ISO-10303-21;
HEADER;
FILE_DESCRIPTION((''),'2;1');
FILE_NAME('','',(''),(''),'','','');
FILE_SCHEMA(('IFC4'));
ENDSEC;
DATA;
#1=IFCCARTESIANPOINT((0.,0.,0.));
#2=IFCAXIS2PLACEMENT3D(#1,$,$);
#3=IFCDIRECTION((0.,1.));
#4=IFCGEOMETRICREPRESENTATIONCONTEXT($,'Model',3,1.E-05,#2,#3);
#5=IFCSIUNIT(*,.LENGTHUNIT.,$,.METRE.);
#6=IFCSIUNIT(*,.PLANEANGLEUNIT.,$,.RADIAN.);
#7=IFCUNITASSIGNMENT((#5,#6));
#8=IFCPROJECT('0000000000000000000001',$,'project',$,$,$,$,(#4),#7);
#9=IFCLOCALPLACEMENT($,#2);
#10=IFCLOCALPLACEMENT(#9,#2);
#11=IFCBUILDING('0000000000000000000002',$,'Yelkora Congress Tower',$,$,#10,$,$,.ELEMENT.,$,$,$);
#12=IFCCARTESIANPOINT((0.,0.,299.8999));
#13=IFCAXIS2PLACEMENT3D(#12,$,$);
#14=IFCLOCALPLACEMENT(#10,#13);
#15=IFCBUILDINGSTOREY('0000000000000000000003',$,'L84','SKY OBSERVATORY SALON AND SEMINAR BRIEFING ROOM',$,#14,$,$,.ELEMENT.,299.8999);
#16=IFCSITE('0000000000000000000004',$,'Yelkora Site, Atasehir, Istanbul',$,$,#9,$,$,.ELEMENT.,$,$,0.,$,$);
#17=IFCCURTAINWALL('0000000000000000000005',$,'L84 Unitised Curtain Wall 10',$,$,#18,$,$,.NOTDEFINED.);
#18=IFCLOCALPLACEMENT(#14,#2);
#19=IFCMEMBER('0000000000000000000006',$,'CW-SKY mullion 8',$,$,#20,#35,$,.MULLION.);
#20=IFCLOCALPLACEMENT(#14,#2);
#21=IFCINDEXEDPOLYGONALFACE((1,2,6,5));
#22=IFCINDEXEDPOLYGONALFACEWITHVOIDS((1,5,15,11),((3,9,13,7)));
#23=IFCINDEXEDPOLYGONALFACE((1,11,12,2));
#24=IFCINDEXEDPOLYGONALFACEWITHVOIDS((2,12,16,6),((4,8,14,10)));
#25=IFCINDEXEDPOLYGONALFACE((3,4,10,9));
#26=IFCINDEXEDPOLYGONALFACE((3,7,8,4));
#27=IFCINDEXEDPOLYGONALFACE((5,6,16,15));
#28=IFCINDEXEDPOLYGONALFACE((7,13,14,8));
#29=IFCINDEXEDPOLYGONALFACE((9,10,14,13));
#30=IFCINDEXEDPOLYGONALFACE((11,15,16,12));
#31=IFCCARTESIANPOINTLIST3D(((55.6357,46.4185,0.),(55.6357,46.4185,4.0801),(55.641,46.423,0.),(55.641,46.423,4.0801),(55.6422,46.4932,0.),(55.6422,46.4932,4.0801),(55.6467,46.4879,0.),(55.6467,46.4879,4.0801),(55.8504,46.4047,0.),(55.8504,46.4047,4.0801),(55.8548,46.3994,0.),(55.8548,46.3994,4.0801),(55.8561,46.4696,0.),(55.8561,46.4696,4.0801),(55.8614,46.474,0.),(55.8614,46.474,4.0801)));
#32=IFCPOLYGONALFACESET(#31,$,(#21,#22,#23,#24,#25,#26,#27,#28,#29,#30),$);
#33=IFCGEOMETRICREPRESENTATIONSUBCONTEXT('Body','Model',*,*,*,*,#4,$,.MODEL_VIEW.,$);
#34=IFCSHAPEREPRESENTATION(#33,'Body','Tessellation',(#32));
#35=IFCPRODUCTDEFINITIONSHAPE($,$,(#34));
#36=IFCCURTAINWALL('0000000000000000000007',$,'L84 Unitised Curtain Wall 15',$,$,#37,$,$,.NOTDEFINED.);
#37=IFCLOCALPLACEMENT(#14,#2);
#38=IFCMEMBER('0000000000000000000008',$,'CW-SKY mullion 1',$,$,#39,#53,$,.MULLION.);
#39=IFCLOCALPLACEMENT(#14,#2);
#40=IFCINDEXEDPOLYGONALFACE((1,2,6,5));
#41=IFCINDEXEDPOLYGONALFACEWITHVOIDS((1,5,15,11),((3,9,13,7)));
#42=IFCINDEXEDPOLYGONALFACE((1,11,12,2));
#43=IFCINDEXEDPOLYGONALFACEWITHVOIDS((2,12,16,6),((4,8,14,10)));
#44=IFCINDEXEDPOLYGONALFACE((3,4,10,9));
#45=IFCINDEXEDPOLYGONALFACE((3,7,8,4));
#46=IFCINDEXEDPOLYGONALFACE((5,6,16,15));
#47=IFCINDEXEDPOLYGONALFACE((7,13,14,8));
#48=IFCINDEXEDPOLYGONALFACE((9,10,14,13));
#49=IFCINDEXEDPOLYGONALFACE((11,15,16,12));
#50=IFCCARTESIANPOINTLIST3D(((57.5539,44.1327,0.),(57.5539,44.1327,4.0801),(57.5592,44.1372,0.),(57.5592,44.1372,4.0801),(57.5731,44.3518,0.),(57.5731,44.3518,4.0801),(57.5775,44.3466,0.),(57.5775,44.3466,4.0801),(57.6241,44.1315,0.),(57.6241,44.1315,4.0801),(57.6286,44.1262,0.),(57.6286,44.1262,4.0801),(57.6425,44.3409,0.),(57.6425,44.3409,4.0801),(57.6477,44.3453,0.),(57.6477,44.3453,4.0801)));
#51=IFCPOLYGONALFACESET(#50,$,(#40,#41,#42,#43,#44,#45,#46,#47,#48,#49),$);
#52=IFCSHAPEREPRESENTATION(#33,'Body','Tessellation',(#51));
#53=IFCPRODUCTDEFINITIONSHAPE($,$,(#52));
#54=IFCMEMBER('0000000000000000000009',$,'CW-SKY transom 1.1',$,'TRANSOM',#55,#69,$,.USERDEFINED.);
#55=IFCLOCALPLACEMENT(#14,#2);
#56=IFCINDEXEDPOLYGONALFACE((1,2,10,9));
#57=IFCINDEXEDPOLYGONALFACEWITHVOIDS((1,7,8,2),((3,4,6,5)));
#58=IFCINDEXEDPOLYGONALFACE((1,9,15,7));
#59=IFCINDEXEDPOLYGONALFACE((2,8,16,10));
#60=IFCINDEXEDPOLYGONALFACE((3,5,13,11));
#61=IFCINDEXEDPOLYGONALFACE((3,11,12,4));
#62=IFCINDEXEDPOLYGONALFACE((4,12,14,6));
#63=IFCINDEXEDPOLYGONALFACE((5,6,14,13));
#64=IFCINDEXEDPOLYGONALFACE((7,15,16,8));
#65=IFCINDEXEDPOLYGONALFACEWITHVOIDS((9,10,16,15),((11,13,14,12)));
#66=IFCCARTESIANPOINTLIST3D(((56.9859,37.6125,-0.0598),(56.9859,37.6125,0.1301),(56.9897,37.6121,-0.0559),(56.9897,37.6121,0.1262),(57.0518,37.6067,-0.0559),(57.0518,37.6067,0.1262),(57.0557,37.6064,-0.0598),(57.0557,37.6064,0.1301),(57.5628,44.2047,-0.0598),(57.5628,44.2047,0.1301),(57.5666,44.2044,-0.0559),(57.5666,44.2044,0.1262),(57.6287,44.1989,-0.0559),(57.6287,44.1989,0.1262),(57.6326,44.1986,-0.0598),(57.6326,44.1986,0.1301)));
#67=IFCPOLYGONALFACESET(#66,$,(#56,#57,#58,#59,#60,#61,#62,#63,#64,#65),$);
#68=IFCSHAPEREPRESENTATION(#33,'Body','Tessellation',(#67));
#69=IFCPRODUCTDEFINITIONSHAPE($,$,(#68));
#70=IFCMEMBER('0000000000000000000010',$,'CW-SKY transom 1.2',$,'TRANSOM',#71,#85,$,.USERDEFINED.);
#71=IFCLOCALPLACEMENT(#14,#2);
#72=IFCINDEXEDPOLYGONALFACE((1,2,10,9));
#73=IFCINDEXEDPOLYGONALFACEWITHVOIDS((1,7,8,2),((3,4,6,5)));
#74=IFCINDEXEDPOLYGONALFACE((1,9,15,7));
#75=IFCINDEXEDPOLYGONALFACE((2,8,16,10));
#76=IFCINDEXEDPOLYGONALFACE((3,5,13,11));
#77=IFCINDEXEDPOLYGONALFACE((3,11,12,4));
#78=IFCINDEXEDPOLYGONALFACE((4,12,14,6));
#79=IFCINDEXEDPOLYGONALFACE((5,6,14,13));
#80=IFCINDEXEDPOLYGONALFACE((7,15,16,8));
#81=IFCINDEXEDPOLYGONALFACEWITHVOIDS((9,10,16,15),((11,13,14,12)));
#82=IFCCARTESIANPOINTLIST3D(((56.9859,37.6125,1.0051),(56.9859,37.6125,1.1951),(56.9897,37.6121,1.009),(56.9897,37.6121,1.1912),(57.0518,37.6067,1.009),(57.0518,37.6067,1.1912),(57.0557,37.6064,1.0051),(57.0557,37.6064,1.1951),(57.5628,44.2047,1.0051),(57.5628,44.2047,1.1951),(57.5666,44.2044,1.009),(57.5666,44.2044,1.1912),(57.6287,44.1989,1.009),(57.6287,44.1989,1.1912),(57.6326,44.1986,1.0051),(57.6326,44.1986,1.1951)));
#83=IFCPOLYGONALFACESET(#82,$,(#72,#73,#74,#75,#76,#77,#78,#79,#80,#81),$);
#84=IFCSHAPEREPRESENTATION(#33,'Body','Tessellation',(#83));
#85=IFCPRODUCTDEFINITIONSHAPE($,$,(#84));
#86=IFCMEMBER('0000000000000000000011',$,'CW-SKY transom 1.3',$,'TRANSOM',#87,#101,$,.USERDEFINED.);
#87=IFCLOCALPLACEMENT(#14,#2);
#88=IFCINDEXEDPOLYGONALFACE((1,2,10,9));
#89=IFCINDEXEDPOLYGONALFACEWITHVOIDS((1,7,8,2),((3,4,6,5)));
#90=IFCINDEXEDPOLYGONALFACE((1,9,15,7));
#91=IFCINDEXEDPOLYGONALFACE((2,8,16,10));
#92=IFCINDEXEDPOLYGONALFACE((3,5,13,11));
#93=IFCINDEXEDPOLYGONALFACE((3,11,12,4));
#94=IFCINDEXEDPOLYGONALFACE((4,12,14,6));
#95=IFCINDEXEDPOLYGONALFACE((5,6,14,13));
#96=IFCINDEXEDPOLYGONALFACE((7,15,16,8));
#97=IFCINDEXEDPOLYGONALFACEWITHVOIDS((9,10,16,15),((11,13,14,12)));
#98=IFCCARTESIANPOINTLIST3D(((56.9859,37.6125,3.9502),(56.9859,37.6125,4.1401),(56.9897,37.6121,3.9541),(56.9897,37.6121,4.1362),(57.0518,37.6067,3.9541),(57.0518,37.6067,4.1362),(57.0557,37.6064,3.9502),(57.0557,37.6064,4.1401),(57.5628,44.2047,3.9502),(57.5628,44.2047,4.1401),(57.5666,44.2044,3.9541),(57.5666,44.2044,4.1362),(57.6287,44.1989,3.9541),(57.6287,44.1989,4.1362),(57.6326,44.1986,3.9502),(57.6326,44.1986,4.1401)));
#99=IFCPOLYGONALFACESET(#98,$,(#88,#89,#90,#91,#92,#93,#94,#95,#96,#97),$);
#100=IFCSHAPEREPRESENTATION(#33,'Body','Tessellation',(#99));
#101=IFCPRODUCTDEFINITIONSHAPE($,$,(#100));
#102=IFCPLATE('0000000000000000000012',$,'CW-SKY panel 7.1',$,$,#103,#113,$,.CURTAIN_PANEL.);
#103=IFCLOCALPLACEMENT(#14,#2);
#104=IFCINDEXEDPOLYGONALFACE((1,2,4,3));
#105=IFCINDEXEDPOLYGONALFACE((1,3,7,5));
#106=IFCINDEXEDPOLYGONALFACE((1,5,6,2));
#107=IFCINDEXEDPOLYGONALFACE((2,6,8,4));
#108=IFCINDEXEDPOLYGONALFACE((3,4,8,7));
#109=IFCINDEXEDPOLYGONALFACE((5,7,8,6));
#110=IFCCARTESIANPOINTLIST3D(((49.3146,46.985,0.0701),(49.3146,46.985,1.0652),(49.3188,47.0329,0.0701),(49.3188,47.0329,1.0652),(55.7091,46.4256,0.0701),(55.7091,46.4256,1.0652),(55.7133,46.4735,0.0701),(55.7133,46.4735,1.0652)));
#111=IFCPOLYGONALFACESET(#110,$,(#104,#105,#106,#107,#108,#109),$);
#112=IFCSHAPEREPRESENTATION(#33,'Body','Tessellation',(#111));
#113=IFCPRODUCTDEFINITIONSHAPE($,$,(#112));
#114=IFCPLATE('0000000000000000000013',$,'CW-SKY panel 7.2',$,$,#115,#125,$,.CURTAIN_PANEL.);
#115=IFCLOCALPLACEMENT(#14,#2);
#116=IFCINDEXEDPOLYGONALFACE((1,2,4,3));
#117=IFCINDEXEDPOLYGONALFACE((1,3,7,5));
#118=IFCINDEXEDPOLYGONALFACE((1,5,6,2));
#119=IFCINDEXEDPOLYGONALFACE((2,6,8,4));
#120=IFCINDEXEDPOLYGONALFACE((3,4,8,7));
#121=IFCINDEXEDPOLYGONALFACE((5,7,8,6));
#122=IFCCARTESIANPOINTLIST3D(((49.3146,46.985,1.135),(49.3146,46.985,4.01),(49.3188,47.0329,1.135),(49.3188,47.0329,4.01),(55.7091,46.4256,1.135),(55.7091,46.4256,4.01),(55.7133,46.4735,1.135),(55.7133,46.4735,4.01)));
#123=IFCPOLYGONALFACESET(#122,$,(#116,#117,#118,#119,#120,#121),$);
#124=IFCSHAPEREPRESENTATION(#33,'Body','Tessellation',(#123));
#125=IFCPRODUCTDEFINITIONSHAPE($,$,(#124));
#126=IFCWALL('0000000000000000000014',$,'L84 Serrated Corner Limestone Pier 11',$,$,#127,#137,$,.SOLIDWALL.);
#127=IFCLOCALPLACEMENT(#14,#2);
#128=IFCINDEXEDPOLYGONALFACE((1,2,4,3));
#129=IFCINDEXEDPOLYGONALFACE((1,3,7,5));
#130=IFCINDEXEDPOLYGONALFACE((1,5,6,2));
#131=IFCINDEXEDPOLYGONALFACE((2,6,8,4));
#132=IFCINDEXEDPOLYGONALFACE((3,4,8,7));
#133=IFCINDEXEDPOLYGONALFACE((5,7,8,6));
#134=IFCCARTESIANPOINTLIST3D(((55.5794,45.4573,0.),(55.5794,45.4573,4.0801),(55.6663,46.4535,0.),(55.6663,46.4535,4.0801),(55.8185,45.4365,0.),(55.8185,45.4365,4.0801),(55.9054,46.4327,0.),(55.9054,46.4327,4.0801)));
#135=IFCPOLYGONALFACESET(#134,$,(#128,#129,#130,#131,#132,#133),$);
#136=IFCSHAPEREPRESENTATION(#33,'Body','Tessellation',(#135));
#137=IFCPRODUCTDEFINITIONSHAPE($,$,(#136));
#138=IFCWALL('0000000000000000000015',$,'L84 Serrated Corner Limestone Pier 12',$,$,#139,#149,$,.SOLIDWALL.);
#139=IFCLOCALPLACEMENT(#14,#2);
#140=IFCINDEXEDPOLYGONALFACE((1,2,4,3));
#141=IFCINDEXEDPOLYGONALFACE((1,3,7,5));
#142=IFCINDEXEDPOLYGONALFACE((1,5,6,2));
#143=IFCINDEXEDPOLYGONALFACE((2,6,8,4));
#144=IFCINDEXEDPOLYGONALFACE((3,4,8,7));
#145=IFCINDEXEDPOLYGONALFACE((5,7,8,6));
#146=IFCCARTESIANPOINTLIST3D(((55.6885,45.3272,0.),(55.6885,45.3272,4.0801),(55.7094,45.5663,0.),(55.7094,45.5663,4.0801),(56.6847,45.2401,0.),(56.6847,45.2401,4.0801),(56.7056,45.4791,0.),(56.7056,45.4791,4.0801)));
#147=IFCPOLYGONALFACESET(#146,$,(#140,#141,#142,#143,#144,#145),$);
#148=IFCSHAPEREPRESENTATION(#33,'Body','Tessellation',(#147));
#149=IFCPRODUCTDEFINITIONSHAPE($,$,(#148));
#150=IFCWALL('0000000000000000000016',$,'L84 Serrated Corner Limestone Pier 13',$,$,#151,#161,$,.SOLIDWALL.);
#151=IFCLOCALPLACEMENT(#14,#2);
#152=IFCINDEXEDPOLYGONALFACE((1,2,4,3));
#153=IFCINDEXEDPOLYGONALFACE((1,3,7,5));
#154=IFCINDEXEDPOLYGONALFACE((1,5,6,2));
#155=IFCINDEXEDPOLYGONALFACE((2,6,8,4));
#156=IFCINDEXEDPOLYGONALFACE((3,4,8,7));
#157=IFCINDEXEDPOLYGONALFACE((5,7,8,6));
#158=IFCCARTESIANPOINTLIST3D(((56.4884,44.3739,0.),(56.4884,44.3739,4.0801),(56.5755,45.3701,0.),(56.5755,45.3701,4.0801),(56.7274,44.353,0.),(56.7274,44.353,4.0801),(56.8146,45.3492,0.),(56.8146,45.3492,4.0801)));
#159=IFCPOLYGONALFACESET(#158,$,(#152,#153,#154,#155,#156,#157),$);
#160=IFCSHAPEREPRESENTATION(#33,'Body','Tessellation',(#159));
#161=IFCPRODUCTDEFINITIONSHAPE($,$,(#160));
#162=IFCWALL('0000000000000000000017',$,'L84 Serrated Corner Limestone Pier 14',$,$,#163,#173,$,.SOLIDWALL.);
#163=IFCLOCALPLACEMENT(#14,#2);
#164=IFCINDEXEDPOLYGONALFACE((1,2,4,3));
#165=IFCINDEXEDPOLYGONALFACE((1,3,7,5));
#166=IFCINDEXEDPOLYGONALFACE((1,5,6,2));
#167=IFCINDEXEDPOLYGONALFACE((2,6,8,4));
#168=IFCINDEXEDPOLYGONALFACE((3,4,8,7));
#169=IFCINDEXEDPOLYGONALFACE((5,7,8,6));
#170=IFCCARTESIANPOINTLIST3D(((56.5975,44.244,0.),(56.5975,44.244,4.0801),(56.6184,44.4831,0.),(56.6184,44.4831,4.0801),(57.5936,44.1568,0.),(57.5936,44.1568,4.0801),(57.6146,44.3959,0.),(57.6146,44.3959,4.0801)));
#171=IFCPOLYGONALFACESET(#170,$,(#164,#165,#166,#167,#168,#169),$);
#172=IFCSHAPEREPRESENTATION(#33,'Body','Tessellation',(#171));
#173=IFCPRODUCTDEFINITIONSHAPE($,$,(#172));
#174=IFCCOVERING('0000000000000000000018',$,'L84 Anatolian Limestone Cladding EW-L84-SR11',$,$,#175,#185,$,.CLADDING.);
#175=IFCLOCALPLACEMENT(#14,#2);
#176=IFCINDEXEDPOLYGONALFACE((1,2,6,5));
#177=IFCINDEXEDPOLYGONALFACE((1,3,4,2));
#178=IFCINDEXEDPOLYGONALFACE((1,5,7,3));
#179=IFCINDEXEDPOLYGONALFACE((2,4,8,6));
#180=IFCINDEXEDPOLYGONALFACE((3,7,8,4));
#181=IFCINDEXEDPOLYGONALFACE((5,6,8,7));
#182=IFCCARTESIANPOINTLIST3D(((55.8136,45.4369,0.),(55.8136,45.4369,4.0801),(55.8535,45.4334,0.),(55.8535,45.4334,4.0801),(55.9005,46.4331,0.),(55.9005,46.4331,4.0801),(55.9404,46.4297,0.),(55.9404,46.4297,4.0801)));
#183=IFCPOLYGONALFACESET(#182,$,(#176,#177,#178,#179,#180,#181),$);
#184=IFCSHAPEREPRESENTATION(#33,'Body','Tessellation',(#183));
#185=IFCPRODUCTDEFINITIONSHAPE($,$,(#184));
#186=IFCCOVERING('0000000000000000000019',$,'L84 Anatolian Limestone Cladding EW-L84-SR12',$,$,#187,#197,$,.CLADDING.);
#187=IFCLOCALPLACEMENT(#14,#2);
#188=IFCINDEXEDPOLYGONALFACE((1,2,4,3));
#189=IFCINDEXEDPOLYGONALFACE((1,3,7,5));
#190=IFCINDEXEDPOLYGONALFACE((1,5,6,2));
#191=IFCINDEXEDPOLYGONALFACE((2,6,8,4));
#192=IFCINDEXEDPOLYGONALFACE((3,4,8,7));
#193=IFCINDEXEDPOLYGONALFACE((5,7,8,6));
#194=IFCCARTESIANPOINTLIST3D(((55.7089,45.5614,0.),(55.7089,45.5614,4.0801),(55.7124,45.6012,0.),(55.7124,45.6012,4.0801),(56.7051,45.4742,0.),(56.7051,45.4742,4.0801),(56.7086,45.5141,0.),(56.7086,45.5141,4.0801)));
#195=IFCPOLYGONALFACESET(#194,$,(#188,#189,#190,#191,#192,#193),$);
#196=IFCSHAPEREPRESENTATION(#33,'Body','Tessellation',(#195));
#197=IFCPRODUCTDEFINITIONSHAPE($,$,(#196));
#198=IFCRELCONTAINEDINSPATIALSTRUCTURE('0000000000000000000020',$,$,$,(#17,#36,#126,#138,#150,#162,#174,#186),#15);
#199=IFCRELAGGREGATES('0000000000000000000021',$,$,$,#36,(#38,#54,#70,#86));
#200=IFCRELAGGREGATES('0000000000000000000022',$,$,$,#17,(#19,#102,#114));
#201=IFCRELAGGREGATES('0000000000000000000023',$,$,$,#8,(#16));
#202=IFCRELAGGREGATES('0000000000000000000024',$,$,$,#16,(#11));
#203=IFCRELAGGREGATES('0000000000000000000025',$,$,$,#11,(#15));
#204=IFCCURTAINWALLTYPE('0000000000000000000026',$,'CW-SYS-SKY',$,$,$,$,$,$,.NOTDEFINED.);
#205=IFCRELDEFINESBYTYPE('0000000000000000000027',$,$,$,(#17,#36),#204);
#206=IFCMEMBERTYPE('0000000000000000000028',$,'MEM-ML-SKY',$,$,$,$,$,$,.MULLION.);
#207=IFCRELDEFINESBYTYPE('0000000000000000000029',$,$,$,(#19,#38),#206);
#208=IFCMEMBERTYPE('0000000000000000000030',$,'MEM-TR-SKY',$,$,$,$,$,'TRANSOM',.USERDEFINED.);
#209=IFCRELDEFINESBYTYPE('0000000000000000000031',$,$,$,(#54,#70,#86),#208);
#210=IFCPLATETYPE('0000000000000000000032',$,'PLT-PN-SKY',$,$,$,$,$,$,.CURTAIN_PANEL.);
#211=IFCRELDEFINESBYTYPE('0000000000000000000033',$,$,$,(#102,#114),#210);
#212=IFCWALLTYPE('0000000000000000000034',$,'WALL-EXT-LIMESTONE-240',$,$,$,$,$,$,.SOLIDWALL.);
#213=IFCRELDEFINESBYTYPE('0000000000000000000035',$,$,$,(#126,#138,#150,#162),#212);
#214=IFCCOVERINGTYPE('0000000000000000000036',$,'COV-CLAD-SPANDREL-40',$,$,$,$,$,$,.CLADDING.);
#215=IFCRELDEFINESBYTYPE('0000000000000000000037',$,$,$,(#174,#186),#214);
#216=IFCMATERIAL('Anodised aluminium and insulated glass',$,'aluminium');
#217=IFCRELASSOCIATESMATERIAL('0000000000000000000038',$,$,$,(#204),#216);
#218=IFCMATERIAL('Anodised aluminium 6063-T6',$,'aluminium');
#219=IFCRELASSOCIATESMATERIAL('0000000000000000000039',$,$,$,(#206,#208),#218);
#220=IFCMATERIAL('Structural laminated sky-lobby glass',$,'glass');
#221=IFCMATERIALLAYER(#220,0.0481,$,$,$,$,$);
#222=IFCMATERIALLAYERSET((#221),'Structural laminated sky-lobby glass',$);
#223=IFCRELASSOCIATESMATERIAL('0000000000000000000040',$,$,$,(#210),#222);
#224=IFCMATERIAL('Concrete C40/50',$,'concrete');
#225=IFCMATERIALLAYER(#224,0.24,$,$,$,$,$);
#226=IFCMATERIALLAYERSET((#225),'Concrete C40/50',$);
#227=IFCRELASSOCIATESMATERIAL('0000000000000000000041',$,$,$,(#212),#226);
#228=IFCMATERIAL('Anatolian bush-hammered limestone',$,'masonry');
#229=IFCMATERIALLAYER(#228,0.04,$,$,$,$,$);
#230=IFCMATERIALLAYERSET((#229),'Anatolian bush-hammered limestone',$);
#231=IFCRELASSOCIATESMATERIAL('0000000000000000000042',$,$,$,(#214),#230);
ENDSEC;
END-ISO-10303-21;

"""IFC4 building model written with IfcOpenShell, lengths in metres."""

from ifc_helpers import new_model, si_unit, direction, frame, frame_2d, origin, origin_2d, place, context, subcontext, project, spatial, rectangle, hollow_rectangle, extrude, material, layer, layer_set, material_profile, profile_set, type_object, element, aggregate, save


model = new_model("IFC4")

# Units and contexts
model_context = context("Model", 3, precision=1e-05, world=origin(), true_north=direction((0.0, 1.0)))
body_context = subcontext(model_context, "Body", "Model", "MODEL_VIEW")
ifc_project = project(units=[si_unit("LENGTHUNIT", "METRE"), si_unit("PLANEANGLEUNIT", "RADIAN")], contexts=[model_context])

# Site, building, storey
site_placement = place(None, origin())
site = spatial("IfcSite", under=ifc_project, at=site_placement, Name="Yelkora Site, Atasehir, Istanbul", CompositionType="ELEMENT", RefElevation=0.0)
building_placement = place(site_placement, origin())
building = spatial("IfcBuilding", under=site, at=building_placement, Name="Yelkora Congress Tower", CompositionType="ELEMENT")
storey_placement = place(building_placement, frame((0.0, 0.0, 299.8999)))
storey = spatial("IfcBuildingStorey", under=building, at=storey_placement, Name="L84", Description="SKY OBSERVATORY SALON AND SEMINAR BRIEFING ROOM", CompositionType="ELEMENT", Elevation=299.8999)

# Curtain wall, member
ifc_material_1 = material(Name="Anodised aluminium and insulated glass", Category="aluminium")
curtain_wall_type = type_object("IfcCurtainWallType", Name="CW-SYS-SKY", PredefinedType="NOTDEFINED", material=ifc_material_1)
curtain_wall_1_placement = place(storey_placement, origin())
curtain_wall_1 = element("IfcCurtainWall", 1, at=curtain_wall_1_placement, inside=storey, type_object=curtain_wall_type, Name="L84 Unitised Curtain Wall 10", PredefinedType="NOTDEFINED")
ifc_material_2 = material(Name="Anodised aluminium 6063-T6", Category="aluminium")
ifc_material_profile_1 = material_profile(ifc_material_2, hollow_rectangle(XDim=0.075, YDim=0.22, WallThickness=0.0049, at=origin_2d()), Name="ALU 75x220x5")
ifc_profile_set_1 = profile_set([ifc_material_profile_1], Name="Anodised aluminium 6063-T6")
member_type_1 = type_object("IfcMemberType", Name="MEM-ML-SKY", PredefinedType="MULLION", material=ifc_profile_set_1)
member_1_placement = place(storey_placement, frame((55.7485, 46.4463, 0.0), z_axis=(0.0, 0.0, 1.0), x_axis=(0.087157, 0.996195, 0.0)))
member_1 = element("IfcMember", 2, at=member_1_placement, type_object=member_type_1, Name="CW-SKY mullion 8", PredefinedType="MULLION", context=body_context, shape_type="SweptSolid", body=[
    extrude(hollow_rectangle(XDim=0.075, YDim=0.22, WallThickness=0.0049, at=origin_2d()), origin(), (0.0, 0.0, 1.0), 4.0801),
])

# Curtain wall, members
curtain_wall_2_placement = place(storey_placement, origin())
curtain_wall_2 = element("IfcCurtainWall", 3, at=curtain_wall_2_placement, inside=storey, type_object=curtain_wall_type, Name="L84 Unitised Curtain Wall 15", PredefinedType="NOTDEFINED")
member_2_placement = place(storey_placement, frame((57.6008, 44.239, 0.0), z_axis=(0.0, 0.0, 1.0), x_axis=(0.996194, -0.087158, 0.0)))
member_2 = element("IfcMember", 4, at=member_2_placement, type_object=member_type_1, Name="CW-SKY mullion 1", PredefinedType="MULLION", context=body_context, shape_type="SweptSolid", body=[
    extrude(hollow_rectangle(XDim=0.075, YDim=0.22, WallThickness=0.0049, at=origin_2d()), origin(), (0.0, 0.0, 1.0), 4.0801),
])
ifc_material_profile_2 = material_profile(ifc_material_2, hollow_rectangle(XDim=0.0701, YDim=0.1899, WallThickness=0.0039, at=origin_2d()), Name="ALU 70x190x4")
ifc_profile_set_2 = profile_set([ifc_material_profile_2], Name="Anodised aluminium 6063-T6")
member_type_2 = type_object("IfcMemberType", Name="MEM-TR-SKY", ElementType="TRANSOM", PredefinedType="USERDEFINED", material=ifc_profile_set_2)
member_3_placement = place(storey_placement, frame((57.5977, 44.2017, 0.0352), z_axis=(-0.087179, -0.996193, 0.0), x_axis=(0.996193, -0.087179, 0.0)))
member_3 = element("IfcMember", 5, at=member_3_placement, type_object=member_type_2, Name="CW-SKY transom 1.1", ObjectType="TRANSOM", PredefinedType="USERDEFINED", context=body_context, shape_type="SweptSolid", body=[
    extrude(hollow_rectangle(XDim=0.0701, YDim=0.1899, WallThickness=0.0039, at=origin_2d()), origin(), (0.0, 0.0, 1.0), 6.6174),
])
member_4_placement = place(storey_placement, frame((57.5977, 44.2017, 1.1001), z_axis=(-0.087179, -0.996193, 0.0), x_axis=(0.996193, -0.087179, 0.0)))
member_4 = element("IfcMember", 6, at=member_4_placement, type_object=member_type_2, Name="CW-SKY transom 1.2", ObjectType="TRANSOM", PredefinedType="USERDEFINED", context=body_context, shape_type="SweptSolid", body=[
    extrude(hollow_rectangle(XDim=0.0701, YDim=0.1899, WallThickness=0.0039, at=origin_2d()), origin(), (0.0, 0.0, 1.0), 6.6174),
])
member_5_placement = place(storey_placement, frame((57.5977, 44.2017, 4.0452), z_axis=(-0.087179, -0.996193, 0.0), x_axis=(0.996193, -0.087179, 0.0)))
member_5 = element("IfcMember", 7, at=member_5_placement, type_object=member_type_2, Name="CW-SKY transom 1.3", ObjectType="TRANSOM", PredefinedType="USERDEFINED", context=body_context, shape_type="SweptSolid", body=[
    extrude(hollow_rectangle(XDim=0.0701, YDim=0.1899, WallThickness=0.0039, at=origin_2d()), origin(), (0.0, 0.0, 1.0), 6.6174),
])
aggregate(curtain_wall_2, [member_2, member_3, member_4, member_5])

# Plates
ifc_material_3 = material(Name="Structural laminated sky-lobby glass", Category="glass")
ifc_layer_1 = layer(ifc_material_3, 0.0481)
ifc_layer_set_1 = layer_set([ifc_layer_1], Name="Structural laminated sky-lobby glass")
plate_type = type_object("IfcPlateType", Name="PLT-PN-SKY", PredefinedType="CURTAIN_PANEL", material=ifc_layer_set_1)
plate_1_placement = place(storey_placement, frame((52.5139, 46.7292, 0.0701), z_axis=(0.0, 0.0, 1.0), x_axis=(0.996195, -0.087157, 0.0)))
plate_1 = element("IfcPlate", 8, at=plate_1_placement, type_object=plate_type, Name="CW-SKY panel 7.1", PredefinedType="CURTAIN_PANEL", context=body_context, shape_type="SweptSolid", body=[
    extrude(rectangle(XDim=6.4189, YDim=0.0481, at=origin_2d()), origin(), (0.0, 0.0, 1.0), 0.9951),
])
plate_2_placement = place(storey_placement, frame((52.5139, 46.7292, 1.135), z_axis=(0.0, 0.0, 1.0), x_axis=(0.996195, -0.087157, 0.0)))
plate_2 = element("IfcPlate", 9, at=plate_2_placement, type_object=plate_type, Name="CW-SKY panel 7.2", PredefinedType="CURTAIN_PANEL", context=body_context, shape_type="SweptSolid", body=[
    extrude(rectangle(XDim=6.4189, YDim=0.0481, at=origin_2d()), origin(), (0.0, 0.0, 1.0), 2.875),
])
aggregate(curtain_wall_1, [member_1, plate_1, plate_2])

# Walls
ifc_material_4 = material(Name="Concrete C40/50", Category="concrete")
ifc_layer_2 = layer(ifc_material_4, 0.24)
ifc_layer_set_2 = layer_set([ifc_layer_2], Name="Concrete C40/50")
wall_type = type_object("IfcWallType", Name="WALL-EXT-LIMESTONE-240", PredefinedType="SOLIDWALL", material=ifc_layer_set_2)
for number, where, z_axis, x_axis, name in (
    (10, (55.7859, 46.4431, 0.0), (0.0, 0.0, 1.0), (-0.086903, -0.996217, 0.0), "L84 Serrated Corner Limestone Pier 11"),
    (11, (55.699, 45.4468, 0.0), (0.0, 0.0, 1.0), (0.996194, -0.087167, 0.0), "L84 Serrated Corner Limestone Pier 12"),
    (12, (56.6951, 45.3596, 0.0), (0.0, 0.0, 1.0), (-0.087167, -0.996194, 0.0), "L84 Serrated Corner Limestone Pier 13"),
    (13, (56.6079, 44.3635, 0.0), (0.0, 0.0, 1.0), (0.996194, -0.087167, 0.0), "L84 Serrated Corner Limestone Pier 14"),
):
    element("IfcWall", number, at=place(storey_placement, frame(where, z_axis=z_axis, x_axis=x_axis)), inside=storey, type_object=wall_type, Name=name, PredefinedType="SOLIDWALL", context=body_context, shape_type="SweptSolid", body=[
        extrude(rectangle(XDim=1.0, YDim=0.24, at=frame_2d((0.5, 0.0))), origin(), (0.0, 0.0, 1.0), 4.0801),
    ])

# Coverings
ifc_material_5 = material(Name="Anatolian bush-hammered limestone", Category="masonry")
ifc_layer_3 = layer(ifc_material_5, 0.04)
ifc_layer_set_3 = layer_set([ifc_layer_3], Name="Anatolian bush-hammered limestone")
covering_type = type_object("IfcCoveringType", Name="COV-CLAD-SPANDREL-40", PredefinedType="CLADDING", material=ifc_layer_set_3)
for number, where, z_axis, x_axis, name in (
    (14, (55.9204, 46.4314, 0.0), (0.0, 0.0, 1.0), (-0.086903, -0.996217, 0.0), "L84 Anatolian Limestone Cladding EW-L84-SR11"),
    (15, (55.7107, 45.5813, 0.0), (0.0, 0.0, 1.0), (0.996194, -0.087167, 0.0), "L84 Anatolian Limestone Cladding EW-L84-SR12"),
):
    element("IfcCovering", number, at=place(storey_placement, frame(where, z_axis=z_axis, x_axis=x_axis)), inside=storey, type_object=covering_type, Name=name, PredefinedType="CLADDING", context=body_context, shape_type="SweptSolid", body=[
        extrude(rectangle(XDim=1.0, YDim=0.04, at=frame_2d((0.5, 0.0))), origin(), (0.0, 0.0, 1.0), 4.0801),
    ])

save(model, "model.ifc")
